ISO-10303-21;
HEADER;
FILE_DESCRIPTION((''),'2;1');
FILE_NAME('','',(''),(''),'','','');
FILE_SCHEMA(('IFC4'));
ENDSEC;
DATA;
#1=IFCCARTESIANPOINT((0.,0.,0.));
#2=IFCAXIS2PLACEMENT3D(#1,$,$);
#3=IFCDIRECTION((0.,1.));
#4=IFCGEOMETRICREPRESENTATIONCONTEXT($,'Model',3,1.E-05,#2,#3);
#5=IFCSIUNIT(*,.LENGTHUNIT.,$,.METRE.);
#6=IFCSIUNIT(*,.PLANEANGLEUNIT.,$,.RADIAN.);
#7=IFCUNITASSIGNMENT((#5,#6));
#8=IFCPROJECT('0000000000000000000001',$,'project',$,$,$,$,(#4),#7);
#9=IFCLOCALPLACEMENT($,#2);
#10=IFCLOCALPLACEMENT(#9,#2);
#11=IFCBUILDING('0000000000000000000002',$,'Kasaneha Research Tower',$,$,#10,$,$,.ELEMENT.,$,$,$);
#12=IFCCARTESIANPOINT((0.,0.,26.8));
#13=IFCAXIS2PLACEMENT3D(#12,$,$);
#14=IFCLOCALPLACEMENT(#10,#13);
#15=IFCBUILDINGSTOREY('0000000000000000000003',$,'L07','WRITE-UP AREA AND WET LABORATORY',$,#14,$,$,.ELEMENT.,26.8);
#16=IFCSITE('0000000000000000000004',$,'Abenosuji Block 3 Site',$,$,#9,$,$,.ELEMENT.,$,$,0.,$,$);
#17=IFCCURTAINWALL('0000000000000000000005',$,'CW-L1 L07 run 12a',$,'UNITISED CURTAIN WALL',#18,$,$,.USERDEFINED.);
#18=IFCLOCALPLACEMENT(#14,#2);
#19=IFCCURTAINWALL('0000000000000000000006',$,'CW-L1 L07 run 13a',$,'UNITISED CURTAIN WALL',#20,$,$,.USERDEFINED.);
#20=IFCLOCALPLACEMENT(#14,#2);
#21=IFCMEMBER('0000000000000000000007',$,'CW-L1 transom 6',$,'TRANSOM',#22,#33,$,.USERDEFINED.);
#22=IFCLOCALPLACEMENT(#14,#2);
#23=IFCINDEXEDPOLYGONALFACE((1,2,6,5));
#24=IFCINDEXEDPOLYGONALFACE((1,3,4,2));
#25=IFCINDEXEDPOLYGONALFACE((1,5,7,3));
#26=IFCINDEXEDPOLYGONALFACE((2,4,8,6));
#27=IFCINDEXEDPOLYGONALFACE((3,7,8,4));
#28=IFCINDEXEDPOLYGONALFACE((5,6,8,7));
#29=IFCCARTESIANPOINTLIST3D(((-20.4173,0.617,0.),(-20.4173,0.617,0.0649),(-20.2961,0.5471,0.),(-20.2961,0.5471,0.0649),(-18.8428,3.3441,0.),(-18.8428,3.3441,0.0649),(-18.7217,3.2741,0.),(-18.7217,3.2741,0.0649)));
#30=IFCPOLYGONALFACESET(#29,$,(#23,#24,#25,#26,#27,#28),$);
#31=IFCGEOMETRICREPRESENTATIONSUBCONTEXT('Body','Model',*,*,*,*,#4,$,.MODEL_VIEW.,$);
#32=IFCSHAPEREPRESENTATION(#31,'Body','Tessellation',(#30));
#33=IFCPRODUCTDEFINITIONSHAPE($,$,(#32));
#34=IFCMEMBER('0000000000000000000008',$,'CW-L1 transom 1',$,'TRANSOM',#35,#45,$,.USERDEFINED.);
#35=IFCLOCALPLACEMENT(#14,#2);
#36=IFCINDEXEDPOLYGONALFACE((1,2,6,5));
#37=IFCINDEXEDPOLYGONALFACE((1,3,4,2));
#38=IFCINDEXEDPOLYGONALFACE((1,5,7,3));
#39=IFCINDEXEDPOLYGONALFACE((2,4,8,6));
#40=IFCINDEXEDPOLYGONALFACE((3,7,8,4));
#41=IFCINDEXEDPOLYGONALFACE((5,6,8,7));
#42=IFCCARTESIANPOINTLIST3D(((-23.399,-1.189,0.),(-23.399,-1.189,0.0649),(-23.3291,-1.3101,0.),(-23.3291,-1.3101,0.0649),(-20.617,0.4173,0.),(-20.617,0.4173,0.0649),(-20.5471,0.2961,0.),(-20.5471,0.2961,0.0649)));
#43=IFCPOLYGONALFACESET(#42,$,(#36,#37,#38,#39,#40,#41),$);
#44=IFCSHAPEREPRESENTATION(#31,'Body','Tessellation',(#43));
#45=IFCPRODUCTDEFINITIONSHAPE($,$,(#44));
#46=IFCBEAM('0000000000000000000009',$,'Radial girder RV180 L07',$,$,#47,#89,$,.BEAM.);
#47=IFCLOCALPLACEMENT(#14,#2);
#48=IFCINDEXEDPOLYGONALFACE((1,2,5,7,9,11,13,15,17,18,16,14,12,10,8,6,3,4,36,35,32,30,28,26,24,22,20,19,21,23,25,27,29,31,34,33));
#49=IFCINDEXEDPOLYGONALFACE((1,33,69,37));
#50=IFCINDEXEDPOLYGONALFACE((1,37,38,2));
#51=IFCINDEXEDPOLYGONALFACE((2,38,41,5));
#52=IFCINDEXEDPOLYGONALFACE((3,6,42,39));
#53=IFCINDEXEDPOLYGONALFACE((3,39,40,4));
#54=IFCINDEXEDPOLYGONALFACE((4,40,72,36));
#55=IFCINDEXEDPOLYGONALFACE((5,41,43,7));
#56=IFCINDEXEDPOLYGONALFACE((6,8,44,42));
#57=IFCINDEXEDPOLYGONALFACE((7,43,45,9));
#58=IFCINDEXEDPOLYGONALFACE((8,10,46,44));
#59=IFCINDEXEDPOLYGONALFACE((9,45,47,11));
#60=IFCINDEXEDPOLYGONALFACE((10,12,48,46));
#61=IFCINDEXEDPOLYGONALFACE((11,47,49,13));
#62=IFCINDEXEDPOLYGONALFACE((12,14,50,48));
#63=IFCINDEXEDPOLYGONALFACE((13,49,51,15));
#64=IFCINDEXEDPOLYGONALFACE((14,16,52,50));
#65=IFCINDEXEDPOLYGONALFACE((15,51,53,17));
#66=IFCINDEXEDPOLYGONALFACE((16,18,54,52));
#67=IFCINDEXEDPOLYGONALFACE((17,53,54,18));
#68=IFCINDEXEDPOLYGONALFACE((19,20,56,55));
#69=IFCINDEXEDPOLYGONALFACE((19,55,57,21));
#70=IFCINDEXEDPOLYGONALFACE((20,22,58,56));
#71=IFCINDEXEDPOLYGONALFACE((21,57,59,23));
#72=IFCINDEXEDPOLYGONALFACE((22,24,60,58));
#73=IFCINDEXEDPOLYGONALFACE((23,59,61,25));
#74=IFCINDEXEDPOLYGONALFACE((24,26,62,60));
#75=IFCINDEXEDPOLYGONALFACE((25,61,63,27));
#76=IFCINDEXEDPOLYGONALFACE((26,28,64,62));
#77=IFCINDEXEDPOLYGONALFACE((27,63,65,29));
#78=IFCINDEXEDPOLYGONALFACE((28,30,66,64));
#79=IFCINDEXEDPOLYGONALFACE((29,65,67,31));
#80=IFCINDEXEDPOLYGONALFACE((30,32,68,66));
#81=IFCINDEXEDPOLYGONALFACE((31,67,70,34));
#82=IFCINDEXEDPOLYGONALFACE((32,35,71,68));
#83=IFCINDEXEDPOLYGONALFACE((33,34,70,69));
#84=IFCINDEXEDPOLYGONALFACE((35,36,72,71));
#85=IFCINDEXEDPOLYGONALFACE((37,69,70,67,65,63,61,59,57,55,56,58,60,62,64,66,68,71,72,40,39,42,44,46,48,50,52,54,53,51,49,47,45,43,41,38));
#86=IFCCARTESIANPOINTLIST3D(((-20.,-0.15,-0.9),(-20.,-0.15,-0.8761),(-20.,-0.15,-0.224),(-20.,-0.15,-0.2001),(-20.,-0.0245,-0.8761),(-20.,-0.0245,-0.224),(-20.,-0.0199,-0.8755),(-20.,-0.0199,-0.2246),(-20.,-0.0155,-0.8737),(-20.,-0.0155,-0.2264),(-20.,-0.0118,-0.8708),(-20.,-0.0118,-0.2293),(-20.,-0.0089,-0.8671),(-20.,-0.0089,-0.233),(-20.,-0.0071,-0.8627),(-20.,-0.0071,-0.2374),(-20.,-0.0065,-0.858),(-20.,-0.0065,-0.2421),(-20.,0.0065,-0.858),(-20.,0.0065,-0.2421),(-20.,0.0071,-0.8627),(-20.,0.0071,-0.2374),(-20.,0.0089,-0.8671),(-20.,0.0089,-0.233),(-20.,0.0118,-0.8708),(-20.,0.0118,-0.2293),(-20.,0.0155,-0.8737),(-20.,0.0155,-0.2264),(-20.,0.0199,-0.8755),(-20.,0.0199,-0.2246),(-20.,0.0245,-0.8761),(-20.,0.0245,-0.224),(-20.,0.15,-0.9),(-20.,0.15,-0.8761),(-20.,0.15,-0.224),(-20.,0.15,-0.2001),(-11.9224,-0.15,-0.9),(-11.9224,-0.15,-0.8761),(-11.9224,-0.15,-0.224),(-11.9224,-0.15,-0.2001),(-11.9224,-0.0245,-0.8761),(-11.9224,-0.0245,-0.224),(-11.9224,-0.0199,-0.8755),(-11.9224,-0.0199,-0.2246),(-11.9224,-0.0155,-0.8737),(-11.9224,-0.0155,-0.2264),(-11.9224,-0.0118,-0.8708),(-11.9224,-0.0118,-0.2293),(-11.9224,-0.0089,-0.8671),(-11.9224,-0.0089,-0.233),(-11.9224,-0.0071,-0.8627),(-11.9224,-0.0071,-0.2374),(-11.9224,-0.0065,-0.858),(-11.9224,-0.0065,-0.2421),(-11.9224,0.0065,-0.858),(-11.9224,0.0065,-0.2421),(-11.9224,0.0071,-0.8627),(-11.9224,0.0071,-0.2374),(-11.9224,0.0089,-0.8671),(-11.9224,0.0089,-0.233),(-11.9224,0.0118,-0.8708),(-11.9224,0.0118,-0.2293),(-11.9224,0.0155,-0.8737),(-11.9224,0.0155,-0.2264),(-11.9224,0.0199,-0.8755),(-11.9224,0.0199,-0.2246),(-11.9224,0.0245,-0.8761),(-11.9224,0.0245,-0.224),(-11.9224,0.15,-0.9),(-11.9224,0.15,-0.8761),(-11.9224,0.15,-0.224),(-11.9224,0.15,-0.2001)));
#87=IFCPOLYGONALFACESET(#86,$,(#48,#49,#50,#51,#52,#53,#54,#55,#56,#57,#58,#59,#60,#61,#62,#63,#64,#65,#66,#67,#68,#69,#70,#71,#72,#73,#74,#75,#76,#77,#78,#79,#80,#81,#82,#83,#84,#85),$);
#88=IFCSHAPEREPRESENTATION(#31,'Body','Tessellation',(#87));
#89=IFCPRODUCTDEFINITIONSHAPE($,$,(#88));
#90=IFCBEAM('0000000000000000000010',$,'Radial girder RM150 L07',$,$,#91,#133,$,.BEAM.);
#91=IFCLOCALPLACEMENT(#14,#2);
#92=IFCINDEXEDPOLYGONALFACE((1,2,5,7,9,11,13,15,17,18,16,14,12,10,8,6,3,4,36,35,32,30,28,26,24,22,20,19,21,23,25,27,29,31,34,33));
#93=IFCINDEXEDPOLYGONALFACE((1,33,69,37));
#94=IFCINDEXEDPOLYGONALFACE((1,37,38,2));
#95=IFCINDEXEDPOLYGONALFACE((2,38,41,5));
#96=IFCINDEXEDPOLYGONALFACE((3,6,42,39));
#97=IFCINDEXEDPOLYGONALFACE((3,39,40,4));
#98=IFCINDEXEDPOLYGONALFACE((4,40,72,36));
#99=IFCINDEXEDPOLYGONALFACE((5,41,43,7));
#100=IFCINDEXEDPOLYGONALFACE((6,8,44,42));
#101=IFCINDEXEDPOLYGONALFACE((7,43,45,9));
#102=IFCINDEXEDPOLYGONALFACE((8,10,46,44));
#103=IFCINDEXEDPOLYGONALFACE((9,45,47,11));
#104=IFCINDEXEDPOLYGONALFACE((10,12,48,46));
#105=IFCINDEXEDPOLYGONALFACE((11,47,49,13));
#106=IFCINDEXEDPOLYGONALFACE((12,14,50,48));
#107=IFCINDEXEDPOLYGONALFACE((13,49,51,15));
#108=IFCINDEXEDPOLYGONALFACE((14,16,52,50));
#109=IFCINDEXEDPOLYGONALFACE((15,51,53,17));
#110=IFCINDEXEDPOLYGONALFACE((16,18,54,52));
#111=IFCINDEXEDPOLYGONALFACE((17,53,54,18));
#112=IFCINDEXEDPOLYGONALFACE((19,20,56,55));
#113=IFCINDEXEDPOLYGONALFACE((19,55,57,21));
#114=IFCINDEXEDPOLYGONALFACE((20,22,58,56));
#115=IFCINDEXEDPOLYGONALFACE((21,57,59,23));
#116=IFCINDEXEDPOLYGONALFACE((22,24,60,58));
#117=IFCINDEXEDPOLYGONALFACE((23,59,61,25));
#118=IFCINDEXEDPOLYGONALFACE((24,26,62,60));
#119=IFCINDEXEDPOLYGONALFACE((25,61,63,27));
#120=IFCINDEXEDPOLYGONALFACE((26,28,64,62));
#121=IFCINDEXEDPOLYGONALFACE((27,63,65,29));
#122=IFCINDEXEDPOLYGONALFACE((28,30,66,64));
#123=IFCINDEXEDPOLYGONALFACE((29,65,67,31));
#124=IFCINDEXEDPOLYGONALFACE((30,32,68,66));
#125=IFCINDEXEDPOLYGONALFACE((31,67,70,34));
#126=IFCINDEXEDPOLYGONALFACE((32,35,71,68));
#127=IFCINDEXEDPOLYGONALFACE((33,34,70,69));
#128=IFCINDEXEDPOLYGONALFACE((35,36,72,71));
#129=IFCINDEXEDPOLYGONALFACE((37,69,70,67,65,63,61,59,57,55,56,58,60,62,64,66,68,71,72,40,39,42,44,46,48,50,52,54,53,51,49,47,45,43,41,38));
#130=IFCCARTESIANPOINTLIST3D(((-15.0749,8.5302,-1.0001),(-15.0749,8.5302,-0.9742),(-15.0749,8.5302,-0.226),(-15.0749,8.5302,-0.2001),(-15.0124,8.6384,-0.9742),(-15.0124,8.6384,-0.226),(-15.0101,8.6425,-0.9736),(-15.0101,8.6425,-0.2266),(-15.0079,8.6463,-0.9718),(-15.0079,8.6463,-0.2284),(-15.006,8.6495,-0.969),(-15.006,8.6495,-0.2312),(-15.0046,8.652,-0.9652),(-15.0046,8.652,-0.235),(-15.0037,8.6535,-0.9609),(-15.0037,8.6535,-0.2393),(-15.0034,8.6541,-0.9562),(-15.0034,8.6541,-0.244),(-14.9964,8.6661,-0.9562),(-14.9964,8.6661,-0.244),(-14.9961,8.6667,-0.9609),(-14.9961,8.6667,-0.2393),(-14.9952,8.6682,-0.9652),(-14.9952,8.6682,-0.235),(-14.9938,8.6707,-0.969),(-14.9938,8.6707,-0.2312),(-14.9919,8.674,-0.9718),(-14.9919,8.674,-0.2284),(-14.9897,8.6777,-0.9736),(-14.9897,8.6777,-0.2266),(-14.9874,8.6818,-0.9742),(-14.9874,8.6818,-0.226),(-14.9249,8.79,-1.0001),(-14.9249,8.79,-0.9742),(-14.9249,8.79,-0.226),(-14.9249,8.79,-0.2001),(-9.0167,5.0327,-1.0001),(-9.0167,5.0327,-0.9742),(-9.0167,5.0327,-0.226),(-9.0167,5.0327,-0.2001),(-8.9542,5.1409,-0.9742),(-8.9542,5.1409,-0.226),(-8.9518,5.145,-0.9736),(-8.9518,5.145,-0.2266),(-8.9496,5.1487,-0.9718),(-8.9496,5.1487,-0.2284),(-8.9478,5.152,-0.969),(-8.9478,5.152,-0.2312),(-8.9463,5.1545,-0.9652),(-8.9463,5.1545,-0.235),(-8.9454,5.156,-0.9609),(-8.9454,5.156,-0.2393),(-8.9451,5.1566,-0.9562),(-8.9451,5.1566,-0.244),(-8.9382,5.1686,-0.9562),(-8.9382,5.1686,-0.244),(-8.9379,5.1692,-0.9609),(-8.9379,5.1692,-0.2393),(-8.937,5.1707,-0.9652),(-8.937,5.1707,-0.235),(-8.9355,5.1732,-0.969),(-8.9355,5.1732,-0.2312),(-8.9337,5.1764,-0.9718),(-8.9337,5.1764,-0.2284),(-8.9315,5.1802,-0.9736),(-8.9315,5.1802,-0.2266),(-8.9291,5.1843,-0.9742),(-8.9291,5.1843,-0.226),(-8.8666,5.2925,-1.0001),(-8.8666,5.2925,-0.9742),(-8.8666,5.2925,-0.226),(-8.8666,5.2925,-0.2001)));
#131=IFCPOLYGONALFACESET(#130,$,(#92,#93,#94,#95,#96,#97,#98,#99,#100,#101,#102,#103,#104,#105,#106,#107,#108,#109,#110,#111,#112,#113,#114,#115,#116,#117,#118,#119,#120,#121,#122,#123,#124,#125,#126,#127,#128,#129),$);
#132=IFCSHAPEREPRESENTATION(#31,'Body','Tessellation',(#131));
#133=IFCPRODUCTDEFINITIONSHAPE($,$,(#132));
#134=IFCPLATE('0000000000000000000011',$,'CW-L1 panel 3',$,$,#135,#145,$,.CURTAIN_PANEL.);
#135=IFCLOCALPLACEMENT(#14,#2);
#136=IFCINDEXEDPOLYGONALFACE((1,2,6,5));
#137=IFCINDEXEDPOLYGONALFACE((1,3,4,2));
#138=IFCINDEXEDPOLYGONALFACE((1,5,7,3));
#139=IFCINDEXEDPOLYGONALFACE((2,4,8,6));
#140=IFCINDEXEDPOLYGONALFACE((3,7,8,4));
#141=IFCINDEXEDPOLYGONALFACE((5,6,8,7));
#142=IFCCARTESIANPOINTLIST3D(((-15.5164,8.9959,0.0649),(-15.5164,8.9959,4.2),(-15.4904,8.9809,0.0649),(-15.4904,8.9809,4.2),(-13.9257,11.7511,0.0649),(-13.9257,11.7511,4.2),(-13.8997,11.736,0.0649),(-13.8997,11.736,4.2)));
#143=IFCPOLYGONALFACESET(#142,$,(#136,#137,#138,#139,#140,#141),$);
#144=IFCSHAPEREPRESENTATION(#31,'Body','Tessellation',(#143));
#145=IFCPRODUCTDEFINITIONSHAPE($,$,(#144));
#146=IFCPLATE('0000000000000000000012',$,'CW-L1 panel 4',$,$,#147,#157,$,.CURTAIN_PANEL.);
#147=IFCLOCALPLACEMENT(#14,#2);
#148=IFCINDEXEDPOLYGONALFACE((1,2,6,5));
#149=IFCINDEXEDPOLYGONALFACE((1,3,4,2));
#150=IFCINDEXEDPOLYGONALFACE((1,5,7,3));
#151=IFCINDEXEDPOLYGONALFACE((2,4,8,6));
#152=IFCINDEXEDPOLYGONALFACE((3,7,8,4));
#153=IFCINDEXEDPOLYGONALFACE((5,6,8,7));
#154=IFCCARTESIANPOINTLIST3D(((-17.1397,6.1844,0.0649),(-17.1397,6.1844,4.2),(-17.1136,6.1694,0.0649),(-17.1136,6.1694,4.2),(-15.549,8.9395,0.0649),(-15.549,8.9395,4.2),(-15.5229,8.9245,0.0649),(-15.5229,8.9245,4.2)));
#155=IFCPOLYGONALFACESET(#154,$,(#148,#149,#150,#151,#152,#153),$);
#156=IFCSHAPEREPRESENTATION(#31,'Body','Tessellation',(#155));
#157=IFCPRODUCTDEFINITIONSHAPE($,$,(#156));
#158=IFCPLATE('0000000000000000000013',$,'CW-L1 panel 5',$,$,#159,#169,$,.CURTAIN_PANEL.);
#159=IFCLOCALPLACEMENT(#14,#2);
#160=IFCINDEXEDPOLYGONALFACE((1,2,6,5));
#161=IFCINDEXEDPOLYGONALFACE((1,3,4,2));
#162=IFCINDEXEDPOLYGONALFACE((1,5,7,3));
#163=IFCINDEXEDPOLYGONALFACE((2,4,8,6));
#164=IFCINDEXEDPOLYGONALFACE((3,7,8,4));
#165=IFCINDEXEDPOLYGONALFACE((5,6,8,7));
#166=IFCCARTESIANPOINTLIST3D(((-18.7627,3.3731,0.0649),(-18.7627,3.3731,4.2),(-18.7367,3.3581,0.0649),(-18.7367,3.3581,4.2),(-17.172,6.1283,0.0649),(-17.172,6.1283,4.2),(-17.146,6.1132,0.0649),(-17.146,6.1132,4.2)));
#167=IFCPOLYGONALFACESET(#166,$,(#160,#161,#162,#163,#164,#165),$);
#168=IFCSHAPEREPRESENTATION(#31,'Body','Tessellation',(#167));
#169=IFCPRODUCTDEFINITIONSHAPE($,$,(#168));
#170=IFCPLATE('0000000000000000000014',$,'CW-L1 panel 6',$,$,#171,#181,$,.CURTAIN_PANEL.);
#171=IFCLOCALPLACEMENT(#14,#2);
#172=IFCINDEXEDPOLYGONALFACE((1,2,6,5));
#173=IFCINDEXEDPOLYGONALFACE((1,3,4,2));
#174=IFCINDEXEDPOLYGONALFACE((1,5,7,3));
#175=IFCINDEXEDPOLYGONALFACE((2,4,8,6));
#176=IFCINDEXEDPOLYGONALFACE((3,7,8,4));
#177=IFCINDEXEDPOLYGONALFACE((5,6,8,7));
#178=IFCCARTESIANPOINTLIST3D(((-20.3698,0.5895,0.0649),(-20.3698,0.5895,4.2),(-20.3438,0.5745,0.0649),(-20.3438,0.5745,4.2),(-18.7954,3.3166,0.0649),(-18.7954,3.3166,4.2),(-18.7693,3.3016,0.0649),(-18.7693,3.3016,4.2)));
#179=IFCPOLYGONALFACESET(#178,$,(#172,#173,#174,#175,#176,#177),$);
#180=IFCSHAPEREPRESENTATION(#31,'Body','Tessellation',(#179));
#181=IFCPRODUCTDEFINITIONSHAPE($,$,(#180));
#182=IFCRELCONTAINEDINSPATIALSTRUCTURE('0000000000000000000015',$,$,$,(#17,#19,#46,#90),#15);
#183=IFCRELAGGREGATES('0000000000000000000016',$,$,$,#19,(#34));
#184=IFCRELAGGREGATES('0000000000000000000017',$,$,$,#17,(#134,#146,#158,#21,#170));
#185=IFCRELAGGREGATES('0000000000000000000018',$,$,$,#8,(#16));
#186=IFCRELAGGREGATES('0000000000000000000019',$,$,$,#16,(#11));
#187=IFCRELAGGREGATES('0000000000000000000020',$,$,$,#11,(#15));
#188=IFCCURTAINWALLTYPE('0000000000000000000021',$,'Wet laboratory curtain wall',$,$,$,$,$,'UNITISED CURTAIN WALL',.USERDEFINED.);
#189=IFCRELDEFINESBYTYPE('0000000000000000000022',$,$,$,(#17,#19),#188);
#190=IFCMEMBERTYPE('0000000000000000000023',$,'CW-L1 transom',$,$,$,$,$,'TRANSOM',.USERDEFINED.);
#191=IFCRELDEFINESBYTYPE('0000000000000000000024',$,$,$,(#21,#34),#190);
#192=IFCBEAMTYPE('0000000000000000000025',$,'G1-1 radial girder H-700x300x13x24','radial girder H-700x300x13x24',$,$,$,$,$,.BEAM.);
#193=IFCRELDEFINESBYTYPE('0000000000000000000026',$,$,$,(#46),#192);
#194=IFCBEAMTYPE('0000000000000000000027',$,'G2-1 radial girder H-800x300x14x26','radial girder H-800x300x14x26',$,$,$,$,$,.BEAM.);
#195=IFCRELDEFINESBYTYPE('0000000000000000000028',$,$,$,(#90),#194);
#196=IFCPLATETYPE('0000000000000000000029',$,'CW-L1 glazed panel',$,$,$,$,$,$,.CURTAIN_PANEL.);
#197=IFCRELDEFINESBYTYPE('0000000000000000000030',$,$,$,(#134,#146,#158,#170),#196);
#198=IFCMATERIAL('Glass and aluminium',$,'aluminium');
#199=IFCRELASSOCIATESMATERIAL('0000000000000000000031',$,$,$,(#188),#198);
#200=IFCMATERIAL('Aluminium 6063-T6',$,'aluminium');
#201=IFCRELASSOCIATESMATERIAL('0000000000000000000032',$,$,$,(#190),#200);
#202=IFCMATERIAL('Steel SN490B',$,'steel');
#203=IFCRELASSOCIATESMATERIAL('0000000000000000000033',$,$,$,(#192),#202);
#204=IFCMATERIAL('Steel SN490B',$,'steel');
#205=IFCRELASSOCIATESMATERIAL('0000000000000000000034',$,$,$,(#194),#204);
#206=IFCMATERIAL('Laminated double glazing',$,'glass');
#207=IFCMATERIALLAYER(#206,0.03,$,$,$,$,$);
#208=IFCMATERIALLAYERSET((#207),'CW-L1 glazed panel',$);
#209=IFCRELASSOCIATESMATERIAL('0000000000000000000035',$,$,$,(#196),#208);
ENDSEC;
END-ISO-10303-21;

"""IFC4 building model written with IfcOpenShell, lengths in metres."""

from ifc_helpers import new_model, si_unit, direction, frame, origin, origin_2d, place, context, subcontext, project, spatial, rectangle, i_section, extrude, material, layer, layer_set, material_profile, profile_set, type_object, element, aggregate, save


model = new_model("IFC4")

# Units and contexts
model_context = context("Model", 3, precision=1e-05, world=origin(), true_north=direction((0.0, 1.0)))
body_context = subcontext(model_context, "Body", "Model", "MODEL_VIEW")
ifc_project = project(units=[si_unit("LENGTHUNIT", "METRE"), si_unit("PLANEANGLEUNIT", "RADIAN")], contexts=[model_context])

# Site, building, storey
site_placement = place(None, origin())
site = spatial("IfcSite", under=ifc_project, at=site_placement, Name="Abenosuji Block 3 Site", CompositionType="ELEMENT", RefElevation=0.0)
building_placement = place(site_placement, origin())
building = spatial("IfcBuilding", under=site, at=building_placement, Name="Kasaneha Research Tower", CompositionType="ELEMENT")
storey_placement = place(building_placement, frame((0.0, 0.0, 26.8)))
storey = spatial("IfcBuildingStorey", under=building, at=storey_placement, Name="L07", Description="WRITE-UP AREA AND WET LABORATORY", CompositionType="ELEMENT", Elevation=26.8)

# Curtain wall
ifc_material_1 = material(Name="Glass and aluminium", Category="aluminium")
curtain_wall_type = type_object("IfcCurtainWallType", Name="Wet laboratory curtain wall", ElementType="UNITISED CURTAIN WALL", PredefinedType="USERDEFINED", material=ifc_material_1)
curtain_wall_1_placement = place(storey_placement, origin())
curtain_wall_1 = element("IfcCurtainWall", 1, at=curtain_wall_1_placement, inside=storey, type_object=curtain_wall_type, Name="CW-L1 L07 run 12a", ObjectType="UNITISED CURTAIN WALL", PredefinedType="USERDEFINED")

# Curtain wall
curtain_wall_2_placement = place(storey_placement, origin())
curtain_wall_2 = element("IfcCurtainWall", 2, at=curtain_wall_2_placement, inside=storey, type_object=curtain_wall_type, Name="CW-L1 L07 run 13a", ObjectType="UNITISED CURTAIN WALL", PredefinedType="USERDEFINED")

# Members
ifc_material_2 = material(Name="Aluminium 6063-T6", Category="aluminium")
ifc_material_profile_1 = material_profile(ifc_material_2, rectangle(XDim=0.1399, YDim=0.0649, at=origin_2d()), Name="CW-L1 transom 140x65")
ifc_profile_set_1 = profile_set([ifc_material_profile_1], Name="Aluminium 6063-T6")
member_type_1 = type_object("IfcMemberType", Name="CW-L1 transom", ElementType="TRANSOM", PredefinedType="USERDEFINED", material=ifc_profile_set_1)
member_1_placement = place(storey_placement, frame((-18.7822, 3.3091, 0.0325), z_axis=(-0.5, -0.866025, 0.0), x_axis=(0.866025, -0.5, 0.0)))
member_1 = element("IfcMember", 3, at=member_1_placement, type_object=member_type_1, Name="CW-L1 transom 6", ObjectType="TRANSOM", PredefinedType="USERDEFINED", context=body_context, shape_type="SweptSolid", body=[
    extrude(rectangle(XDim=0.1399, YDim=0.0649, at=origin_2d()), origin(), (0.0, 0.0, 1.0), 3.1489),
])
member_2_placement = place(storey_placement, frame((-20.582, 0.3567, 0.0325), z_axis=(-0.866022, -0.500005, 0.0), x_axis=(0.500005, -0.866022, 0.0)))
member_2 = element("IfcMember", 4, at=member_2_placement, type_object=member_type_1, Name="CW-L1 transom 1", ObjectType="TRANSOM", PredefinedType="USERDEFINED", context=body_context, shape_type="SweptSolid", body=[
    extrude(rectangle(XDim=0.1399, YDim=0.0649, at=origin_2d()), origin(), (0.0, 0.0, 1.0), 3.2124),
])
aggregate(curtain_wall_2, [member_2])

# Beams
ifc_material_3 = material(Name="Steel SN490B", Category="steel")
ifc_material_profile_2 = material_profile(ifc_material_3, i_section(OverallWidth=0.3, OverallDepth=0.7, WebThickness=0.0129, FlangeThickness=0.0239, FilletRadius=0.0181, at=origin_2d()), Name="H-700x300x13x24")
ifc_profile_set_2 = profile_set([ifc_material_profile_2], Name="Steel SN490B")
beam_type_1 = type_object("IfcBeamType", Name="G1-1 radial girder H-700x300x13x24", Description="radial girder H-700x300x13x24", PredefinedType="BEAM", material=ifc_profile_set_2)
beam_1_placement = place(storey_placement, frame((-11.9224, 0.0, -0.55), z_axis=(-1.0, 0.0, 0.0), x_axis=(0.0, -1.0, 0.0)))
element("IfcBeam", 5, at=beam_1_placement, inside=storey, type_object=beam_type_1, Name="Radial girder RV180 L07", PredefinedType="BEAM", context=body_context, shape_type="SweptSolid", body=[
    extrude(i_section(OverallWidth=0.3, OverallDepth=0.7, WebThickness=0.0129, FlangeThickness=0.0239, FilletRadius=0.0181, at=origin_2d()), origin(), (0.0, 0.0, 1.0), 8.0776),
])
ifc_material_4 = material(Name="Steel SN490B", Category="steel")
ifc_material_profile_3 = material_profile(ifc_material_4, i_section(OverallWidth=0.3, OverallDepth=0.8, WebThickness=0.0139, FlangeThickness=0.0259, FilletRadius=0.0181, at=origin_2d()), Name="H-800x300x14x26")
ifc_profile_set_3 = profile_set([ifc_material_profile_3], Name="Steel SN490B")
beam_type_2 = type_object("IfcBeamType", Name="G2-1 radial girder H-800x300x14x26", Description="radial girder H-800x300x14x26", PredefinedType="BEAM", material=ifc_profile_set_3)
beam_2_placement = place(storey_placement, frame((-8.9417, 5.1626, -0.6001), z_axis=(-0.86604, 0.499975, 0.0), x_axis=(-0.499975, -0.86604, 0.0)))
element("IfcBeam", 6, at=beam_2_placement, inside=storey, type_object=beam_type_2, Name="Radial girder RM150 L07", PredefinedType="BEAM", context=body_context, shape_type="SweptSolid", body=[
    extrude(i_section(OverallWidth=0.3, OverallDepth=0.8, WebThickness=0.0139, FlangeThickness=0.0259, FilletRadius=0.0181, at=origin_2d()), origin(), (0.0, 0.0, 1.0), 6.9954),
])

# Plates
ifc_material_5 = material(Name="Laminated double glazing", Category="glass")
ifc_layer_1 = layer(ifc_material_5, 0.03)
ifc_layer_set_1 = layer_set([ifc_layer_1], Name="CW-L1 glazed panel")
plate_type = type_object("IfcPlateType", Name="CW-L1 glazed panel", PredefinedType="CURTAIN_PANEL", material=ifc_layer_set_1)
plate_1_placement = place(storey_placement, frame((-14.708, 10.366, 0.0649), z_axis=(0.0, 0.0, 1.0), x_axis=(-0.5, -0.866025, 0.0)))
plate_1 = element("IfcPlate", 7, at=plate_1_placement, type_object=plate_type, Name="CW-L1 panel 3", PredefinedType="CURTAIN_PANEL", context=body_context, shape_type="SweptSolid", body=[
    extrude(rectangle(XDim=3.1814, YDim=0.03, at=origin_2d()), origin(), (0.0, 0.0, 1.0), 4.135),
])
plate_2_placement = place(storey_placement, frame((-16.3313, 7.5544, 0.0649), z_axis=(0.0, 0.0, 1.0), x_axis=(-0.5, -0.866025, 0.0)))
plate_2 = element("IfcPlate", 8, at=plate_2_placement, type_object=plate_type, Name="CW-L1 panel 4", PredefinedType="CURTAIN_PANEL", context=body_context, shape_type="SweptSolid", body=[
    extrude(rectangle(XDim=3.1814, YDim=0.03, at=origin_2d()), origin(), (0.0, 0.0, 1.0), 4.135),
])
plate_3_placement = place(storey_placement, frame((-17.9543, 4.7432, 0.0649), z_axis=(0.0, 0.0, 1.0), x_axis=(-0.5, -0.866025, 0.0)))
plate_3 = element("IfcPlate", 9, at=plate_3_placement, type_object=plate_type, Name="CW-L1 panel 5", PredefinedType="CURTAIN_PANEL", context=body_context, shape_type="SweptSolid", body=[
    extrude(rectangle(XDim=3.1814, YDim=0.03, at=origin_2d()), origin(), (0.0, 0.0, 1.0), 4.135),
])
plate_4_placement = place(storey_placement, frame((-19.5696, 1.9456, 0.0649), z_axis=(0.0, 0.0, 1.0), x_axis=(-0.5, -0.866025, 0.0)))
plate_4 = element("IfcPlate", 10, at=plate_4_placement, type_object=plate_type, Name="CW-L1 panel 6", PredefinedType="CURTAIN_PANEL", context=body_context, shape_type="SweptSolid", body=[
    extrude(rectangle(XDim=3.1489, YDim=0.03, at=origin_2d()), origin(), (0.0, 0.0, 1.0), 4.135),
])
aggregate(curtain_wall_1, [plate_1, plate_2, plate_3, member_1, plate_4])

save(model, "model.ifc")
